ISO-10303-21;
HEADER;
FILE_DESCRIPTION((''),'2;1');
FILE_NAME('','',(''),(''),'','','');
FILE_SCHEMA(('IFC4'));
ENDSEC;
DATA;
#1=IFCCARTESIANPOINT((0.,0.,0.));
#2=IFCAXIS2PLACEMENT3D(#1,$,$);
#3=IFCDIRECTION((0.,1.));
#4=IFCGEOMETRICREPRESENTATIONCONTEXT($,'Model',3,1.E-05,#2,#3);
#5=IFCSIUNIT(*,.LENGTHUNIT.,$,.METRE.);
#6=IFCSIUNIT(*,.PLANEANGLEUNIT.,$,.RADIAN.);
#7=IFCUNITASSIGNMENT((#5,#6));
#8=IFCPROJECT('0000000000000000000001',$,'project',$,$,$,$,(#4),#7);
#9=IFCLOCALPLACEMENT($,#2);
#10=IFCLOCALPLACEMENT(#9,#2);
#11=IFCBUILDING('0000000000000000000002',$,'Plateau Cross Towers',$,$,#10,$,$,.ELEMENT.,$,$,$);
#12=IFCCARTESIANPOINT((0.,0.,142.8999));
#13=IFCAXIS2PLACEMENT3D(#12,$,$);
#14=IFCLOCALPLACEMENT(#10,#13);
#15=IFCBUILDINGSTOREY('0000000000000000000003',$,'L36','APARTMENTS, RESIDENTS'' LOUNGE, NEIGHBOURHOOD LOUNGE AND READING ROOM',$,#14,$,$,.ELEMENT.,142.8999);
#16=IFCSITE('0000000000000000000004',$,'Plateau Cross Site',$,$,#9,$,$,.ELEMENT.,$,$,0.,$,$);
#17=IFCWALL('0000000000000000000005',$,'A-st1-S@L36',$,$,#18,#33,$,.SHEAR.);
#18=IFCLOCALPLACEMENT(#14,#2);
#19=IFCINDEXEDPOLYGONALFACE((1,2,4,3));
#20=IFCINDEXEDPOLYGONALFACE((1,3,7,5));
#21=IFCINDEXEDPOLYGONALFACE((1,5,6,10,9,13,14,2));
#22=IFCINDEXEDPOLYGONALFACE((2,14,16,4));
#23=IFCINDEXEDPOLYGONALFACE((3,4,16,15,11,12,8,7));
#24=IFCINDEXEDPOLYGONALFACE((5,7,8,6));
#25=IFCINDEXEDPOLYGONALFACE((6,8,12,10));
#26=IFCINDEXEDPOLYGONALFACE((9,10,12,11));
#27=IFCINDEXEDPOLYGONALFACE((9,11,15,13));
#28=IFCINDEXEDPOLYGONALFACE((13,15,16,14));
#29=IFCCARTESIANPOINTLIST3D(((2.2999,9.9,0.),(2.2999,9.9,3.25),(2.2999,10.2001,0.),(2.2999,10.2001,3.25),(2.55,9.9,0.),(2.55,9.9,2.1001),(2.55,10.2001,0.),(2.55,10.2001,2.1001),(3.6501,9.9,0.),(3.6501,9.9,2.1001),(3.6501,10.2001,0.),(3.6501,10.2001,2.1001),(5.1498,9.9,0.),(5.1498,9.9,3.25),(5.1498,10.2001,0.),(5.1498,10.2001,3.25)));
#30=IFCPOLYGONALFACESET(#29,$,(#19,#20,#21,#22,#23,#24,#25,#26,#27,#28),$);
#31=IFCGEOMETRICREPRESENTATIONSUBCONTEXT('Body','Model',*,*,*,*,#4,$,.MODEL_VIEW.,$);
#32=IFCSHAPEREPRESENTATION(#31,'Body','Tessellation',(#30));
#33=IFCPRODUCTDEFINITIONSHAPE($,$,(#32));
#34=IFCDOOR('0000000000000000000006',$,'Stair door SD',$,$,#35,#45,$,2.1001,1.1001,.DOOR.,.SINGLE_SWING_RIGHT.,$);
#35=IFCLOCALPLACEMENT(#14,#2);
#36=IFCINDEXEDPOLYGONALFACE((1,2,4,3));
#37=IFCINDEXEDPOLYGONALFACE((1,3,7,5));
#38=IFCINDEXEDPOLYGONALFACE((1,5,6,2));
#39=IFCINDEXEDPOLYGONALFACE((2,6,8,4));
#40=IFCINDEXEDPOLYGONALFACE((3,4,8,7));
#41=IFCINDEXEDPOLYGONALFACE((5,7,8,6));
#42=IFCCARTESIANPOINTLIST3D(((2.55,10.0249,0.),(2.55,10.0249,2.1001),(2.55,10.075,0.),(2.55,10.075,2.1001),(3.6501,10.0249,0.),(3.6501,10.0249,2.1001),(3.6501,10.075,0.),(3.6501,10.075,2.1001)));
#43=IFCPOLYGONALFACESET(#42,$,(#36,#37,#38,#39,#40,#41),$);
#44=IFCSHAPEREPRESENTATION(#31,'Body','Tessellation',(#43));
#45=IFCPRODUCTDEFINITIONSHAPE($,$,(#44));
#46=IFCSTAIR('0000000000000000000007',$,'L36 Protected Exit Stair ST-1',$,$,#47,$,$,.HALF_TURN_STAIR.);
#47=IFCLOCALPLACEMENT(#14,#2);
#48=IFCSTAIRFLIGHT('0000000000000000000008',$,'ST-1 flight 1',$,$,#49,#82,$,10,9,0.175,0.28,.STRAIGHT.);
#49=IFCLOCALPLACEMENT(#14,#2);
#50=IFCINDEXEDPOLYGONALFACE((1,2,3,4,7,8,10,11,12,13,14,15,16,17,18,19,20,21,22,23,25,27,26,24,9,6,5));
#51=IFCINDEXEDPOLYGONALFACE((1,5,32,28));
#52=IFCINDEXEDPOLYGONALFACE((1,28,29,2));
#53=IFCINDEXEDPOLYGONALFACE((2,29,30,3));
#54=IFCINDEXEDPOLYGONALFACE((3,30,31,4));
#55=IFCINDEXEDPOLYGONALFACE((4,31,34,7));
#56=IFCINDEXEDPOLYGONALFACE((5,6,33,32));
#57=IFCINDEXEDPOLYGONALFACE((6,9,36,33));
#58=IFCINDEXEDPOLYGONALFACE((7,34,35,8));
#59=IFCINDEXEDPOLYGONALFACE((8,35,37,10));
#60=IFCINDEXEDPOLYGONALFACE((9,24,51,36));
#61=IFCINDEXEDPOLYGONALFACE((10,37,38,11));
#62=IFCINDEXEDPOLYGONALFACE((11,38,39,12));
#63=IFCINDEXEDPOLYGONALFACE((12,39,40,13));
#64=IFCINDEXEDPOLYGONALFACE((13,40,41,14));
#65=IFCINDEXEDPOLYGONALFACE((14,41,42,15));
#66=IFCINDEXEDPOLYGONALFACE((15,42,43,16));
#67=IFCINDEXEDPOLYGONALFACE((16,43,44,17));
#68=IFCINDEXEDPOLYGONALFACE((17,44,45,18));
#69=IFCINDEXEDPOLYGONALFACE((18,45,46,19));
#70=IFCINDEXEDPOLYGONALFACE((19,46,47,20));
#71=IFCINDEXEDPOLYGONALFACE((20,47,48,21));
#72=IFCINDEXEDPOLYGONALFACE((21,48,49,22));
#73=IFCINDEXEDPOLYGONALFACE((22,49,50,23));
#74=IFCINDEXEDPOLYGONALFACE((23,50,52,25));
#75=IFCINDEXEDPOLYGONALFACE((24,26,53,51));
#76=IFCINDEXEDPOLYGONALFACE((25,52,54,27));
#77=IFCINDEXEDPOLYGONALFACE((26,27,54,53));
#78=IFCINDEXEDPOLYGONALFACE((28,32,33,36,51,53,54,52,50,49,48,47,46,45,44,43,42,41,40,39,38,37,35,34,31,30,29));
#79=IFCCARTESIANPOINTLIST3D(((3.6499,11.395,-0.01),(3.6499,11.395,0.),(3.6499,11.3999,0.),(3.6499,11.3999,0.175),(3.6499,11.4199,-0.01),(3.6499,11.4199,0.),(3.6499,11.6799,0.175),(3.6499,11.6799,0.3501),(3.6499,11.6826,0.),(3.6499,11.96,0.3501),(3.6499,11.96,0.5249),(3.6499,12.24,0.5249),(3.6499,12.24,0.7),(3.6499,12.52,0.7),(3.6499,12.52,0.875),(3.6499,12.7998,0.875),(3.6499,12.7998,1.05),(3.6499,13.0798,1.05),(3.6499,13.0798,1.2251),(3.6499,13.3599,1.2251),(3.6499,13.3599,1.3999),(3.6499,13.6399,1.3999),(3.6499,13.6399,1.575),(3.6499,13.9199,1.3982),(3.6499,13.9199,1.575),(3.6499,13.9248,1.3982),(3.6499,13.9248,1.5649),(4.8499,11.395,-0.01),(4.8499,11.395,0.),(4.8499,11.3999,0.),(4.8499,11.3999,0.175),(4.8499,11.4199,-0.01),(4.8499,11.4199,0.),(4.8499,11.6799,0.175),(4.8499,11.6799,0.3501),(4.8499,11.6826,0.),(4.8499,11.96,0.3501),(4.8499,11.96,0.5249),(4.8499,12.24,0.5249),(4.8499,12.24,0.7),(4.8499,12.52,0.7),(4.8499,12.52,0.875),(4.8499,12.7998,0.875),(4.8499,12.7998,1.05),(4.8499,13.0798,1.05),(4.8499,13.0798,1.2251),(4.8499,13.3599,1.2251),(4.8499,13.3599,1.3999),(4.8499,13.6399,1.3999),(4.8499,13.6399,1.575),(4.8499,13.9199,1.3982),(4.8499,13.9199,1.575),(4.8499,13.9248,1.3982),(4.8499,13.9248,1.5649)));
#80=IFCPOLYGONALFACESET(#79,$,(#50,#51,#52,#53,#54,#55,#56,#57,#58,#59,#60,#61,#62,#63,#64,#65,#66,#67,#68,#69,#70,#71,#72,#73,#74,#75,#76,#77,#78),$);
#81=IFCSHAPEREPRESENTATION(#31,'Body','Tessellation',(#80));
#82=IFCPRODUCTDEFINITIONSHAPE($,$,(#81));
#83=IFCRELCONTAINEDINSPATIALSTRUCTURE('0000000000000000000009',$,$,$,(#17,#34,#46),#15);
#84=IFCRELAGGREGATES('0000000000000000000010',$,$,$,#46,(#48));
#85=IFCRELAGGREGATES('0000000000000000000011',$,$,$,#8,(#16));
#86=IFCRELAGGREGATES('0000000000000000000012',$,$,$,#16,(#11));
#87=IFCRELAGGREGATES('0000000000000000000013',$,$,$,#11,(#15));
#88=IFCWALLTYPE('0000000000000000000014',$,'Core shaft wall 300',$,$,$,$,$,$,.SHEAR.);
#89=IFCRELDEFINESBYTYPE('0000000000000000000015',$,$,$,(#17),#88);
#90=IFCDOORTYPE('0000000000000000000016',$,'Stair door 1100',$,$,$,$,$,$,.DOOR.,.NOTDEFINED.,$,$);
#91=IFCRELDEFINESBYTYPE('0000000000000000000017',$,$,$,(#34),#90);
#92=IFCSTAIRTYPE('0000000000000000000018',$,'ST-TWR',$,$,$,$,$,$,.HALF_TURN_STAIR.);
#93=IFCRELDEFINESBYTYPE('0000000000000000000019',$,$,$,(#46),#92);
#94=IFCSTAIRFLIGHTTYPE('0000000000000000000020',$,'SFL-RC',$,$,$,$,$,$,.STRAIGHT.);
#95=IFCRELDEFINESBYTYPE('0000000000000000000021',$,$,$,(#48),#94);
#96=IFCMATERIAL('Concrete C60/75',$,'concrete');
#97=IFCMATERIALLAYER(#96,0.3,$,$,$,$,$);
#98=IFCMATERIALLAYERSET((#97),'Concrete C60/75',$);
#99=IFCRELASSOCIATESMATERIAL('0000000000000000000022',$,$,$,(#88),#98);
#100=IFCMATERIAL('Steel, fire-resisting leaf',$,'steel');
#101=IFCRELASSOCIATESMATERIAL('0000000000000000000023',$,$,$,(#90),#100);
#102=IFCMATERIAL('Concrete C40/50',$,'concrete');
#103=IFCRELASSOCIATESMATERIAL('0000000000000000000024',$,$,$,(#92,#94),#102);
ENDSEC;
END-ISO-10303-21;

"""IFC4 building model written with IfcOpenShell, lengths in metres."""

from ifc_helpers import new_model, si_unit, direction, frame, frame_2d, origin, place, context, subcontext, project, spatial, polyline, rectangle, outline, extrude, material, layer, layer_set, type_object, element, fill, aggregate, save


model = new_model("IFC4")

# Units and contexts
model_context = context("Model", 3, precision=1e-05, world=origin(), true_north=direction((0.0, 1.0)))
body_context = subcontext(model_context, "Body", "Model", "MODEL_VIEW")
ifc_project = project(units=[si_unit("LENGTHUNIT", "METRE"), si_unit("PLANEANGLEUNIT", "RADIAN")], contexts=[model_context])

# Site, building, storey
site_placement = place(None, origin())
site = spatial("IfcSite", under=ifc_project, at=site_placement, Name="Plateau Cross Site", CompositionType="ELEMENT", RefElevation=0.0)
building_placement = place(site_placement, origin())
building = spatial("IfcBuilding", under=site, at=building_placement, Name="Plateau Cross Towers", CompositionType="ELEMENT")
storey_placement = place(building_placement, frame((0.0, 0.0, 142.8999)))
storey = spatial("IfcBuildingStorey", under=building, at=storey_placement, Name="L36", Description="APARTMENTS, RESIDENTS' LOUNGE, NEIGHBOURHOOD LOUNGE AND READING ROOM", CompositionType="ELEMENT", Elevation=142.8999)

# Shared definitions
ifc_material_1 = material(Name="Concrete C60/75", Category="concrete")
ifc_layer_1 = layer(ifc_material_1, 0.3)
ifc_layer_set_1 = layer_set([ifc_layer_1], Name="Concrete C60/75")
wall_type = type_object("IfcWallType", Name="Core shaft wall 300", PredefinedType="SHEAR", material=ifc_layer_set_1)
ifc_material_2 = material(Name="Steel, fire-resisting leaf", Category="steel")
door_type_1 = type_object("IfcDoorType", Name="Stair door 1100", OperationType="NOTDEFINED", PredefinedType="DOOR", material=ifc_material_2)

# Wall, opening, door
wall_1_placement = place(storey_placement, frame((2.3, 10.05, 0.0), z_axis=(0.0, 0.0, 1.0), x_axis=(1.0, 0.0, 0.0)))
wall_1 = element("IfcWall", 1, at=wall_1_placement, inside=storey, type_object=wall_type, Name="A-st1-S@L36", PredefinedType="SHEAR", context=body_context, shape_type="SweptSolid", body=[
    extrude(rectangle(XDim=2.8499, YDim=0.3, at=frame_2d((1.4248, 0.0))), origin(), (0.0, 0.0, 1.0), 3.25),
])
opening_1_placement = place(wall_1_placement, frame((0.25, 0.0, 0.0)))
opening_1 = element("IfcOpeningElement", 2, at=opening_1_placement, cuts=wall_1, PredefinedType="OPENING", context=body_context, shape_type="SweptSolid", body=[
    extrude(rectangle(XDim=1.1001, YDim=2.1001, at=frame_2d((0.55, 1.05))), frame((0.0, 0.1599, 0.0), z_axis=(0.0, -1.0, 0.0), x_axis=(1.0, 0.0, 0.0)), (0.0, 0.0, 1.0), 0.3201),
])
door_1_placement = place(opening_1_placement, origin())
door_1 = element("IfcDoor", 3, at=door_1_placement, inside=storey, type_object=door_type_1, Name="Stair door SD", OperationType="SINGLE_SWING_RIGHT", OverallHeight=2.1001, OverallWidth=1.1001, PredefinedType="DOOR", context=body_context, shape_type="SweptSolid", body=[
    extrude(rectangle(XDim=1.1001, YDim=2.1001, at=frame_2d((0.55, 1.05))), frame((0.0, 0.0249, 0.0), z_axis=(0.0, -1.0, 0.0), x_axis=(1.0, 0.0, 0.0)), (0.0, 0.0, 1.0), 0.05),
])
fill(opening_1, door_1)

# Stair, stair flight
ifc_material_3 = material(Name="Concrete C40/50", Category="concrete")
stair_type = type_object("IfcStairType", Name="ST-TWR", PredefinedType="HALF_TURN_STAIR", material=ifc_material_3)
stair_placement = place(storey_placement, origin())
stair = element("IfcStair", 4, at=stair_placement, inside=storey, type_object=stair_type, Name="L36 Protected Exit Stair ST-1", PredefinedType="HALF_TURN_STAIR")
stair_flight_type = type_object("IfcStairFlightType", Name="SFL-RC", PredefinedType="STRAIGHT", material=ifc_material_3)
stair_flight_placement = place(storey_placement, frame((4.25, 11.3999, 0.0), z_axis=(0.0, 0.0, 1.0), x_axis=(0.0, 1.0, 0.0)))
stair_flight = element("IfcStairFlight", 5, at=stair_flight_placement, type_object=stair_flight_type, Name="ST-1 flight 1", NumberOfRisers=10, NumberOfTreads=9, PredefinedType="STRAIGHT", RiserHeight=0.175, TreadLength=0.28, context=body_context, shape_type="SweptSolid", body=[
    extrude(outline(polyline([(-0.0049, -0.01), (-0.0049, 0.0), (0.0, 0.0), (0.0, 0.175), (0.28, 0.175), (0.28, 0.3501), (0.5601, 0.3501), (0.5601, 0.5249), (0.8401, 0.5249), (0.8401, 0.7), (1.1201, 0.7), (1.1201, 0.875), (1.3999, 0.875), (1.3999, 1.05), (1.6799, 1.05), (1.6799, 1.2251), (1.96, 1.2251), (1.96, 1.3999), (2.24, 1.3999), (2.24, 1.575), (2.52, 1.575), (2.5249, 1.5649), (2.5249, 1.3982), (2.52, 1.3982), (0.2827, 0.0), (0.02, 0.0), (0.02, -0.01), (-0.0049, -0.01)])), frame((0.0, 0.6001, 0.0), z_axis=(0.0, -1.0, 0.0), x_axis=(1.0, 0.0, 0.0)), (0.0, 0.0, 1.0), 1.2),
])
aggregate(stair, [stair_flight])

save(model, "model.ifc")
